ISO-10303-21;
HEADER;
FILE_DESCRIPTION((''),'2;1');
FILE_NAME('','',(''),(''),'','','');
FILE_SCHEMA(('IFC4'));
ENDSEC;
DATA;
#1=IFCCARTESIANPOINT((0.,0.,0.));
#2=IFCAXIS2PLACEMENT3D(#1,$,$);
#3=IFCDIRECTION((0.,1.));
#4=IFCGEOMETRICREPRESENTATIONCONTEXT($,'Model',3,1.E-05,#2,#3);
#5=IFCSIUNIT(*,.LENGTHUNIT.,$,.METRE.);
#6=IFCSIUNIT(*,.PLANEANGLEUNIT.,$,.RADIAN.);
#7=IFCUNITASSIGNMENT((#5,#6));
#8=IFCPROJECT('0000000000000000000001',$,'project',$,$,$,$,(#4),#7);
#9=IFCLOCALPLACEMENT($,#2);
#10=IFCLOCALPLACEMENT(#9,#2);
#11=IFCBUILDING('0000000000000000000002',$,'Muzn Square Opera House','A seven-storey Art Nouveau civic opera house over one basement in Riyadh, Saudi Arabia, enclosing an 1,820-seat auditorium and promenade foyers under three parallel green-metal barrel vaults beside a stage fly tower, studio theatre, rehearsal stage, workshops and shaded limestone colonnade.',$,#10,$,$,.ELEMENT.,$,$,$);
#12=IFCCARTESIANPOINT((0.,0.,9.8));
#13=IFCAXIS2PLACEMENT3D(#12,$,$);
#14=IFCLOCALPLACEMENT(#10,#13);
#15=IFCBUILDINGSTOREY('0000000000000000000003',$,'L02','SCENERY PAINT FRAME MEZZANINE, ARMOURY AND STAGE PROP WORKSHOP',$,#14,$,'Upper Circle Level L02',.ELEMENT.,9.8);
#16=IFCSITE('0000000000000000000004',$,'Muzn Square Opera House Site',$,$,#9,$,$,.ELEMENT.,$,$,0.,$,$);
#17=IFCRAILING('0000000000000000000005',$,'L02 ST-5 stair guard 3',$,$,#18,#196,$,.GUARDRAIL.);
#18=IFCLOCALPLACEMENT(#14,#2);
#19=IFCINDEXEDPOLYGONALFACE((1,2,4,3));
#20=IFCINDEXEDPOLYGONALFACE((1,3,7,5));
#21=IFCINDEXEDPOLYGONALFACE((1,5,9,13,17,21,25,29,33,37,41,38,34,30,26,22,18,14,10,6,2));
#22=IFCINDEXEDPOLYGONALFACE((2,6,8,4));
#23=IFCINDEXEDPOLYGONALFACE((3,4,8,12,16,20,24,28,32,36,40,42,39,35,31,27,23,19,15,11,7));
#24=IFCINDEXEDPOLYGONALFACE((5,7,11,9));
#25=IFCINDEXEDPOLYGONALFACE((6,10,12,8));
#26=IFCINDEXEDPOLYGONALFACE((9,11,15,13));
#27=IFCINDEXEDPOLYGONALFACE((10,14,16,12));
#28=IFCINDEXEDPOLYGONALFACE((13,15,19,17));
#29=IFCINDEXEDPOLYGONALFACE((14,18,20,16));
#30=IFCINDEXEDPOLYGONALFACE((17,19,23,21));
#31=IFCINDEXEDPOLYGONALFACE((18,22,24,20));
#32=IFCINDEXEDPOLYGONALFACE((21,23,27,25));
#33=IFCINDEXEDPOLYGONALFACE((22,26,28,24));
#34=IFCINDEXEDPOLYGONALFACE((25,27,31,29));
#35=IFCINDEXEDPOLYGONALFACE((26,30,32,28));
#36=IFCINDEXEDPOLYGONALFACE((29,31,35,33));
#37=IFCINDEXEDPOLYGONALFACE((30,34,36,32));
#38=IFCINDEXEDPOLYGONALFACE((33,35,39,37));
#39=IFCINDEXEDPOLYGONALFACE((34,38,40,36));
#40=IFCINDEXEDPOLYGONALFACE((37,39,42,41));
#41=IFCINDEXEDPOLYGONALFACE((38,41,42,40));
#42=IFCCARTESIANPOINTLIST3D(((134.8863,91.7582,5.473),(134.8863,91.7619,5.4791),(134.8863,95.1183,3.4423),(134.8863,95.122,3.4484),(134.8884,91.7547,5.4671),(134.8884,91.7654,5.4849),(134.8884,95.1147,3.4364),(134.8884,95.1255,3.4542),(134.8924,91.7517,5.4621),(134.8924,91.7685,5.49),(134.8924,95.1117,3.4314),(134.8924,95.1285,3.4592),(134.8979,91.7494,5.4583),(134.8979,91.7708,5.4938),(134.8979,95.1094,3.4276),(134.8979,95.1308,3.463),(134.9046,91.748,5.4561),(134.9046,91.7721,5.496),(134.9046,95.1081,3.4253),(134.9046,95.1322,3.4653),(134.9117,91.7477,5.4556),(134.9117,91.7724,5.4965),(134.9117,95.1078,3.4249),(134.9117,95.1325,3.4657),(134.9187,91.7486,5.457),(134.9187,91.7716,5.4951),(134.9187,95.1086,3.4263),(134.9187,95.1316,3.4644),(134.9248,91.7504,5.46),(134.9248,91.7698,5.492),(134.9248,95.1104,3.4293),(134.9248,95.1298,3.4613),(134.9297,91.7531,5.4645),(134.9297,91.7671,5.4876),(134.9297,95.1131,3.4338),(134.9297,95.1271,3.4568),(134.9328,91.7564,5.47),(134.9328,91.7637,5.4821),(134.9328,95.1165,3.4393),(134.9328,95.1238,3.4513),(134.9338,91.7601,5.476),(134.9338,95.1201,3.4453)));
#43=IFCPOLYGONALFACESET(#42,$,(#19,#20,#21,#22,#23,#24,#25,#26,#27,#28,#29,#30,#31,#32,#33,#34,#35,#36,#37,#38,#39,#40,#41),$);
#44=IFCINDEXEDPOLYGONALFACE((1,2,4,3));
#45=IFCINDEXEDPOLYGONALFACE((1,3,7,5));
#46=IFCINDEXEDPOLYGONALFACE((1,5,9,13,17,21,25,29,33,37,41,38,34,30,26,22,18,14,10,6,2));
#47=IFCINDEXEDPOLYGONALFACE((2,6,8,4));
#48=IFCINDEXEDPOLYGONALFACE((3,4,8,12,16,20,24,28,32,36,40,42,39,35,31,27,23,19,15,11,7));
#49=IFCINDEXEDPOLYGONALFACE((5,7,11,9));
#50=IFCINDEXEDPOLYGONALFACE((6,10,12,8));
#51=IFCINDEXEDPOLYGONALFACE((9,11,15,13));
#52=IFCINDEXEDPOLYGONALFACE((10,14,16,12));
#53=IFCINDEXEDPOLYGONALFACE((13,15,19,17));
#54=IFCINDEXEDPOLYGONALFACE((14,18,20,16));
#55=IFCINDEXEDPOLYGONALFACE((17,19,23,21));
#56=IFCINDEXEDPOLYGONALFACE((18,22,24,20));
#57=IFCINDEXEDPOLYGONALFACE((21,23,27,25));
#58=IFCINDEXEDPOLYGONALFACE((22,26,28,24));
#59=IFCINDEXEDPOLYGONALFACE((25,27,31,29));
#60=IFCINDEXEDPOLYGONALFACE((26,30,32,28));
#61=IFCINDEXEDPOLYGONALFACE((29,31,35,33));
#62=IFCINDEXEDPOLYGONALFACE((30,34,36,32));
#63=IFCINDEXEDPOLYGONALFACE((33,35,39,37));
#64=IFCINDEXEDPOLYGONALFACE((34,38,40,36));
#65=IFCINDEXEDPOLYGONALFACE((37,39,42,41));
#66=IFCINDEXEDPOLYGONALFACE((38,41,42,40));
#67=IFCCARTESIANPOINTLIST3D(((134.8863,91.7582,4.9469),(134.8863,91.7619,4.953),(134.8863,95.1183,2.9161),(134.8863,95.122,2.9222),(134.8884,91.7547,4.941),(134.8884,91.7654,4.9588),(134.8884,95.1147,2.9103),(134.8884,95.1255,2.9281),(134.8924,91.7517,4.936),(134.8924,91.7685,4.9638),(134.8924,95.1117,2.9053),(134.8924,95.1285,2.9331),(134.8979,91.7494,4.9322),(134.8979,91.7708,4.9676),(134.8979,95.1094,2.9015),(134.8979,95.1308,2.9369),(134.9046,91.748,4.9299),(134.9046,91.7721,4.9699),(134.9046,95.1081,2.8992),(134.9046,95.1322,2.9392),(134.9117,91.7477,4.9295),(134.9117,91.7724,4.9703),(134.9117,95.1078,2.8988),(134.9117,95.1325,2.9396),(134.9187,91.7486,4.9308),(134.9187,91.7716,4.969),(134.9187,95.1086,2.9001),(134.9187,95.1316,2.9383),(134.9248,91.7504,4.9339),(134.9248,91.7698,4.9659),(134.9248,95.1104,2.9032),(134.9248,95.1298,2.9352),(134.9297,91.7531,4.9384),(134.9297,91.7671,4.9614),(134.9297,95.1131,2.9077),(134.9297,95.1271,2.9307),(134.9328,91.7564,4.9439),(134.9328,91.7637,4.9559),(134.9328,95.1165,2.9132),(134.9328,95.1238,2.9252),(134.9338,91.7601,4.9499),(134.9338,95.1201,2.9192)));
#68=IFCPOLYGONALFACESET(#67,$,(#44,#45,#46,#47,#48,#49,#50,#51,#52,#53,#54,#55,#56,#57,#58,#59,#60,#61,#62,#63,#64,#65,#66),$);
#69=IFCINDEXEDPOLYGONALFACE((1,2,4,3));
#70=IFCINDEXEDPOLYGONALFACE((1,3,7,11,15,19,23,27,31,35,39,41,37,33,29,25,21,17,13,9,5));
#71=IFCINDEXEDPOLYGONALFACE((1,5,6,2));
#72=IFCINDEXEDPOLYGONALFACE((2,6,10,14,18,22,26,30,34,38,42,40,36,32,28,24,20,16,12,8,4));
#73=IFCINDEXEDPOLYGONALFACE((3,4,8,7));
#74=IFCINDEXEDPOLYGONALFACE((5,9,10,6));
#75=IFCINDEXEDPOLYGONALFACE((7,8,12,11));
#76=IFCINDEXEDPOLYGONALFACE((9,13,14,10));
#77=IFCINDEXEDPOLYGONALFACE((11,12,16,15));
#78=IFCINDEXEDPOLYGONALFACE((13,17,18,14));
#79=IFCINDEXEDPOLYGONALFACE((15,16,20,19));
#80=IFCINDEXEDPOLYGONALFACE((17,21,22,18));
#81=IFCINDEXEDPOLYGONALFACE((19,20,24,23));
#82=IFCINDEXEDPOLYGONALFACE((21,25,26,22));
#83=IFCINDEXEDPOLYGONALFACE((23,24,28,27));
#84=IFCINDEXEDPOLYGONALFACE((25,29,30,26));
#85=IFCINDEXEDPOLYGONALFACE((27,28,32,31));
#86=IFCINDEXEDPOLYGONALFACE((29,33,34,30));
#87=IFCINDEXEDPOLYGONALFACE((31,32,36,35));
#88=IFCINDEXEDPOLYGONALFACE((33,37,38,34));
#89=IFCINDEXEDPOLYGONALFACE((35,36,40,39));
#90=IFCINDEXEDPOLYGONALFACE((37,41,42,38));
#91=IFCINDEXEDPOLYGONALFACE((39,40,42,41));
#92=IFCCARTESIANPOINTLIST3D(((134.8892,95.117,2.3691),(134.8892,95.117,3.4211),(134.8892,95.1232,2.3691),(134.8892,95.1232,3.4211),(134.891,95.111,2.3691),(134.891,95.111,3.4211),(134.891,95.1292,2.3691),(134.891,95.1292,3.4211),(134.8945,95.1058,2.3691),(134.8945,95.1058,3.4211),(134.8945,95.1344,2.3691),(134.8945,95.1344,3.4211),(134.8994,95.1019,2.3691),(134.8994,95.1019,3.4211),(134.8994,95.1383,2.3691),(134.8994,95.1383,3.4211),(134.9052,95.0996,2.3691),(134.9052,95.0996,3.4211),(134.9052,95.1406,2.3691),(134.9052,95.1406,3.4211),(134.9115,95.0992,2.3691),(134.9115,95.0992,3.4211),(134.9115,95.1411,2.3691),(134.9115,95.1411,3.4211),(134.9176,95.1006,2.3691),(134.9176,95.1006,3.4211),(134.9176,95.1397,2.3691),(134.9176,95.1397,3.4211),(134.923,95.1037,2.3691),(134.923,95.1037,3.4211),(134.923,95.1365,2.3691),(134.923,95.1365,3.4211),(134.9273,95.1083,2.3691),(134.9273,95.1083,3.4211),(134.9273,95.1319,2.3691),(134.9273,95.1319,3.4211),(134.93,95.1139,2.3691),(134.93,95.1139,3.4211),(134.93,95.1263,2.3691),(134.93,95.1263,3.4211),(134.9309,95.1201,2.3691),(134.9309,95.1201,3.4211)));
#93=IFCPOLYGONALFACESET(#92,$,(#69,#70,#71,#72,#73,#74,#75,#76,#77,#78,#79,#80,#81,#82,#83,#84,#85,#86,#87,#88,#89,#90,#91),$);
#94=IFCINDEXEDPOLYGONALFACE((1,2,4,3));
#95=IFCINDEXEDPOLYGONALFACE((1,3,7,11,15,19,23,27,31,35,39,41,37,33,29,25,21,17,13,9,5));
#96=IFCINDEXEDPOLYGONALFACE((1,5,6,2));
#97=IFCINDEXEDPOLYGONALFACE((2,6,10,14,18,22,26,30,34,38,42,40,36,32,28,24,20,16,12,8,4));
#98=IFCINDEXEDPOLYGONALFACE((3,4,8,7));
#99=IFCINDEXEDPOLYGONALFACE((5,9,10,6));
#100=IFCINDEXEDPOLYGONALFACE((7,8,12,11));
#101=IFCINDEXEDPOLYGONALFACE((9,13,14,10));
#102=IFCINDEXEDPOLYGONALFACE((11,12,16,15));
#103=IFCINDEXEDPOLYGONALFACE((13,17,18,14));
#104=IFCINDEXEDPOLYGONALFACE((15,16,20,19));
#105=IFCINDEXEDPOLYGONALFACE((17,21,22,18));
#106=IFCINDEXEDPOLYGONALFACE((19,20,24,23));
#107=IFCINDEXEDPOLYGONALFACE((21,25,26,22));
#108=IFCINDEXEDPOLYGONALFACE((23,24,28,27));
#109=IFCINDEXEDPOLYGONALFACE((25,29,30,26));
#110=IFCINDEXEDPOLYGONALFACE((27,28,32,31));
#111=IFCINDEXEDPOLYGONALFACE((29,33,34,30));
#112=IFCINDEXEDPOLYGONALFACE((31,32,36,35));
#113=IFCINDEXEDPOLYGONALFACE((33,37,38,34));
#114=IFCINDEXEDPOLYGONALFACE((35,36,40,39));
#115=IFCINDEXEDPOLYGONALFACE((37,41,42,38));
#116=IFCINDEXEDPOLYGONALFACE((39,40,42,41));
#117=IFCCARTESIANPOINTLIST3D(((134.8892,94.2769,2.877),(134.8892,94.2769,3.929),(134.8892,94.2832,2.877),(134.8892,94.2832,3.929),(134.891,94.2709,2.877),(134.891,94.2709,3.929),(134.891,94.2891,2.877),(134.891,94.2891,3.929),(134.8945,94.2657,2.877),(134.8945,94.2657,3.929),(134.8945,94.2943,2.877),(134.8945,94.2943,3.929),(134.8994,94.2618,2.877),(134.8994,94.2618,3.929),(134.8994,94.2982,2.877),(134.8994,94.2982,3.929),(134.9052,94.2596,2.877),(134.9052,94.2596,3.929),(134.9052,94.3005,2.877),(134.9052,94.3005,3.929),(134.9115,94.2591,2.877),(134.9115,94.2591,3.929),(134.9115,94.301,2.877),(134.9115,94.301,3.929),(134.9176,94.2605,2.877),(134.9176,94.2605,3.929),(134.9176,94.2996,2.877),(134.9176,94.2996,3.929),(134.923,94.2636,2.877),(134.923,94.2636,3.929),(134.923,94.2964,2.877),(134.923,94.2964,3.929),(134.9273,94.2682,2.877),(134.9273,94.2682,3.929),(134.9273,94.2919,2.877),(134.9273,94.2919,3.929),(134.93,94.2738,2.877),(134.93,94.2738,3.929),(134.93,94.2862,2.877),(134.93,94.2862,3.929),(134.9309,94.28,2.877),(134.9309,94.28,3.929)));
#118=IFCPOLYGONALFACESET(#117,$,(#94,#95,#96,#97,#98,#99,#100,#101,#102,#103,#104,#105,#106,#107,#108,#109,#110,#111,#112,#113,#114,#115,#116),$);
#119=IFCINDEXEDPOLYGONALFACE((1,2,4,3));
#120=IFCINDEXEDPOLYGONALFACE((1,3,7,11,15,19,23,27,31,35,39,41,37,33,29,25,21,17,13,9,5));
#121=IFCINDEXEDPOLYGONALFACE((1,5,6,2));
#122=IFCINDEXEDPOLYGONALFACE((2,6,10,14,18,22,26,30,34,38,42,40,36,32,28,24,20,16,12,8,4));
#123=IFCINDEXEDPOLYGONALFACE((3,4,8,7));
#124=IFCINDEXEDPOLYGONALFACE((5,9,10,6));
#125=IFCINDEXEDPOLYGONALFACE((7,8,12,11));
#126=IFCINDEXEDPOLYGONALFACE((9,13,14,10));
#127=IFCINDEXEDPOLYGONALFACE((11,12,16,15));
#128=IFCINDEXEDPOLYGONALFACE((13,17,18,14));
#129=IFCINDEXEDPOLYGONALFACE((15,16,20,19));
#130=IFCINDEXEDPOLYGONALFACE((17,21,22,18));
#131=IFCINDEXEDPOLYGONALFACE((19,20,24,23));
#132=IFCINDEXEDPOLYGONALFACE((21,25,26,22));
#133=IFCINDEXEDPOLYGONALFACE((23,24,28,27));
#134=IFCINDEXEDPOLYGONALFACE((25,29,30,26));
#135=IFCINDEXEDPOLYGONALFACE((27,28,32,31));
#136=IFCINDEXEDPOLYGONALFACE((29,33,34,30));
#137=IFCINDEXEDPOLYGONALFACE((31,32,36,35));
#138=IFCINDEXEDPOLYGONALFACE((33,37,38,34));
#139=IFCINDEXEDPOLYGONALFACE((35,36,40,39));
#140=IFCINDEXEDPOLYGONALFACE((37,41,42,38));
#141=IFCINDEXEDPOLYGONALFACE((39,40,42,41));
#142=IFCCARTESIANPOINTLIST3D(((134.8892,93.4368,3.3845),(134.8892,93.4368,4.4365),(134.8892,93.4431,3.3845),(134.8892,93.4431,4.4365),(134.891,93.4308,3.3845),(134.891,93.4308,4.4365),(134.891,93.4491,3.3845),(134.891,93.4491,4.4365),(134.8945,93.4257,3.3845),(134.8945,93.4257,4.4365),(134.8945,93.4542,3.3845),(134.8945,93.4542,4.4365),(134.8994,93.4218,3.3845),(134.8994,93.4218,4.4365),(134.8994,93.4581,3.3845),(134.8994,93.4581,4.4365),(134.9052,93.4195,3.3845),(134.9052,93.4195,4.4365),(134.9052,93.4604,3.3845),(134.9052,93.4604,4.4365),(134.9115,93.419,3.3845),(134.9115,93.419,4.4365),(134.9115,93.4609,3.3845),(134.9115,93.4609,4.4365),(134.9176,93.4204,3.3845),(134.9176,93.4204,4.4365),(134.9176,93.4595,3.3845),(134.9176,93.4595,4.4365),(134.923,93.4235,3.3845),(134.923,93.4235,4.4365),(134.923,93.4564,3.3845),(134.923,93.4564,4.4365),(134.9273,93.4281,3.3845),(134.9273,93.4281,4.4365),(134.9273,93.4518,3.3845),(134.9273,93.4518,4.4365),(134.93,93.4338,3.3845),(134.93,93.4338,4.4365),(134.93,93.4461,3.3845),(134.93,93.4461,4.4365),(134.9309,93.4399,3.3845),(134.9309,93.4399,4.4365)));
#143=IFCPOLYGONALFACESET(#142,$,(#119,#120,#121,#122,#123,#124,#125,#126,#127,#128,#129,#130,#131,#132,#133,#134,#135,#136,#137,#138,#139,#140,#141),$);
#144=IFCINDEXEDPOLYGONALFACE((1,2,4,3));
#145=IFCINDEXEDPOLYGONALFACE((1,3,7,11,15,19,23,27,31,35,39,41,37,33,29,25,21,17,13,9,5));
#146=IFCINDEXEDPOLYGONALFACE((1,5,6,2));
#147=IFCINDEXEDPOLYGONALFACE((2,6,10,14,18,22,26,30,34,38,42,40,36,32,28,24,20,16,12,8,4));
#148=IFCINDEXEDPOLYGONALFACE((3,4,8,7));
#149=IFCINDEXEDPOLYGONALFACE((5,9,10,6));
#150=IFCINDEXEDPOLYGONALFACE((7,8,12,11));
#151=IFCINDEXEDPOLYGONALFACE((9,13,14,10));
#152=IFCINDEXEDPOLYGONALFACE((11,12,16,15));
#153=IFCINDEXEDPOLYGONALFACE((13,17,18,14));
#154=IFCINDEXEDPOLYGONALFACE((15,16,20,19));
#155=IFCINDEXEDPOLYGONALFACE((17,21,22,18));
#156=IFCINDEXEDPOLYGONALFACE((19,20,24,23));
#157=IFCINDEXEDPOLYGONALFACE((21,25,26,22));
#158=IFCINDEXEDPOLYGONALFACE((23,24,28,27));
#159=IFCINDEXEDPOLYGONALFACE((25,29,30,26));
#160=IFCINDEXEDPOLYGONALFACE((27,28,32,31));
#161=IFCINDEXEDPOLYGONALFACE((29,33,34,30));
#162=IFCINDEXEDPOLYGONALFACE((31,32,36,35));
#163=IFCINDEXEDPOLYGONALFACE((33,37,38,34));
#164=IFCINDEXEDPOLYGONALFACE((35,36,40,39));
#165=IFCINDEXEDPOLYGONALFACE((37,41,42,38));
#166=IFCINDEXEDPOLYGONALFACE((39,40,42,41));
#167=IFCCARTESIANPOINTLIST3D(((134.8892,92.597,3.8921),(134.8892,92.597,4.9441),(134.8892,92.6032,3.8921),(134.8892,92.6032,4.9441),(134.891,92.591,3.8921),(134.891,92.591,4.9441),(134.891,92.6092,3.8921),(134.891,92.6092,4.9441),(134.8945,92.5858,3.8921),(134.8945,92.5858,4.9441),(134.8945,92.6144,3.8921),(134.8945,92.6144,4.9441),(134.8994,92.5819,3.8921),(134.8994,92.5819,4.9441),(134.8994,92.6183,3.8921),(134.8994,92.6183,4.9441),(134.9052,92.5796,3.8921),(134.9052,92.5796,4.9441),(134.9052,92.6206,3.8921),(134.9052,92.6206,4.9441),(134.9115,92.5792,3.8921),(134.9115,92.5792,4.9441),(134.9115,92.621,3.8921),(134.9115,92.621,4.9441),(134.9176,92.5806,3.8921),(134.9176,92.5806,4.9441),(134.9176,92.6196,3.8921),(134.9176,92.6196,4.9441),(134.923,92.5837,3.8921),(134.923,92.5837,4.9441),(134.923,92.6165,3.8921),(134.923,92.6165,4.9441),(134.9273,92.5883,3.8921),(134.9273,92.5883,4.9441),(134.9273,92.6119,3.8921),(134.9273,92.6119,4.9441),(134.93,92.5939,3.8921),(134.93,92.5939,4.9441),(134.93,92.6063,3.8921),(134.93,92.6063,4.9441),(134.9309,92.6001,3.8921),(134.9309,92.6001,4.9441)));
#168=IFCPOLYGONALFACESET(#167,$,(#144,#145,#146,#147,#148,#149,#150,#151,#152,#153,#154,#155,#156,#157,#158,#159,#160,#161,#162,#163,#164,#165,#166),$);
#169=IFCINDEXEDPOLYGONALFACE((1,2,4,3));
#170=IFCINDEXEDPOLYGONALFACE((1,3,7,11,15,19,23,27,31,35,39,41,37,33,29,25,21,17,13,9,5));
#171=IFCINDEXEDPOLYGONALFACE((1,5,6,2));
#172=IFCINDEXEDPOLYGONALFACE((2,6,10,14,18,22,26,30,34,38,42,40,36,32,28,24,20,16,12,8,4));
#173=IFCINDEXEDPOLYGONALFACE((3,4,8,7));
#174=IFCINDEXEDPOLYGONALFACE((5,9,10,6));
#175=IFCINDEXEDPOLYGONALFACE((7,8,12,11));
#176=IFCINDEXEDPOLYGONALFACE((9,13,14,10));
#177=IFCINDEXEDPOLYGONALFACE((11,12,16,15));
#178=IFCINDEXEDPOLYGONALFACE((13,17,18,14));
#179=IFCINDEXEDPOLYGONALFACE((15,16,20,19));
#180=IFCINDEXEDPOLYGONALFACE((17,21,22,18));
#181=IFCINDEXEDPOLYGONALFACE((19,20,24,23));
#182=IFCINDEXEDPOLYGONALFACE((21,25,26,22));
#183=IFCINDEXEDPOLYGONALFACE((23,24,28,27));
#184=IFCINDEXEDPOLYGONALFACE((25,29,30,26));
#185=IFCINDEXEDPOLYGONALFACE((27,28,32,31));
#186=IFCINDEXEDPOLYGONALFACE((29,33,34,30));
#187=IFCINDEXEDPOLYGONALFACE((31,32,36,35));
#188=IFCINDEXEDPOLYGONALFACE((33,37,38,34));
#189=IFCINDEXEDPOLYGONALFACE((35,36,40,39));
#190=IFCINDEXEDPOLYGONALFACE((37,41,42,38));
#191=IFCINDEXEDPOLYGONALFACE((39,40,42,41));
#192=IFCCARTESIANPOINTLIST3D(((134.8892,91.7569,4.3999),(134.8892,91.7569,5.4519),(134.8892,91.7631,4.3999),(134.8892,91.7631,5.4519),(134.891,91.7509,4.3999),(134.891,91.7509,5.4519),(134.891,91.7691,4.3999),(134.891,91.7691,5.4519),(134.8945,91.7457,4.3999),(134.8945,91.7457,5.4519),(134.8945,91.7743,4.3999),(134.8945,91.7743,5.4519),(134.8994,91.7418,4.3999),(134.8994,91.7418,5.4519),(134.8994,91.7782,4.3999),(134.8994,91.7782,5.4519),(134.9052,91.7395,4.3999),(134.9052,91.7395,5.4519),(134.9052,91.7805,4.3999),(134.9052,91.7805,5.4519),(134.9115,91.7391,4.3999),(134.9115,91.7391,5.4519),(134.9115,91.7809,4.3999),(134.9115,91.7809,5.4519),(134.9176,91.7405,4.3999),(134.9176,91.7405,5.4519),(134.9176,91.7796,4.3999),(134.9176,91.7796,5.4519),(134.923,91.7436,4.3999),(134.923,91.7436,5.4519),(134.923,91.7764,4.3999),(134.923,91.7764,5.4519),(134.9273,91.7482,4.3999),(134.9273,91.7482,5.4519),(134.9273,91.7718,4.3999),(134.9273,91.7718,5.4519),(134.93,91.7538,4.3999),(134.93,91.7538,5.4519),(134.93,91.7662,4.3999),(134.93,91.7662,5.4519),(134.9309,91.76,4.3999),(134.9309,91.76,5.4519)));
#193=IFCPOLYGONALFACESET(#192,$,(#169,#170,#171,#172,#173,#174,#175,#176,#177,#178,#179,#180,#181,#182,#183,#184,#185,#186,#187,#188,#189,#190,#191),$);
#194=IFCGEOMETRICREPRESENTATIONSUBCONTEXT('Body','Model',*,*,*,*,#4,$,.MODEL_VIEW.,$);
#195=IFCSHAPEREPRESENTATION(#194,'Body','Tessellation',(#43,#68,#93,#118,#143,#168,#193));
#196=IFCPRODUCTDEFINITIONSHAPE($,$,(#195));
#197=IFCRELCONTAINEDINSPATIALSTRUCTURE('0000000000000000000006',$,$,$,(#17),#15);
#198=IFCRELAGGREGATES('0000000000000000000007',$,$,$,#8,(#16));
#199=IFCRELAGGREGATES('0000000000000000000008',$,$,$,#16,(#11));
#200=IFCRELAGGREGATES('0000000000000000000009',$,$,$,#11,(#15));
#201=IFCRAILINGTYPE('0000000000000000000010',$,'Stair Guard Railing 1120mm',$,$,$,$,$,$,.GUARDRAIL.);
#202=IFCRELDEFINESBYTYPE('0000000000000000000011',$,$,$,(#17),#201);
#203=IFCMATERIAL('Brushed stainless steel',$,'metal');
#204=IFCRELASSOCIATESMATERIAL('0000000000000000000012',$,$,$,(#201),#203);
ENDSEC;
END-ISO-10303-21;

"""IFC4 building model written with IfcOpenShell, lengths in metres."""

from ifc_helpers import new_model, si_unit, direction, frame, origin, origin_2d, place, context, subcontext, project, spatial, circle, extrude, material, type_object, element, save


model = new_model("IFC4")

# Units and contexts
model_context = context("Model", 3, precision=1e-05, world=origin(), true_north=direction((0.0, 1.0)))
body_context = subcontext(model_context, "Body", "Model", "MODEL_VIEW")
ifc_project = project(units=[si_unit("LENGTHUNIT", "METRE"), si_unit("PLANEANGLEUNIT", "RADIAN")], contexts=[model_context])

# Site, building, storey
site_placement = place(None, origin())
site = spatial("IfcSite", under=ifc_project, at=site_placement, Name="Muzn Square Opera House Site", CompositionType="ELEMENT", RefElevation=0.0)
building_placement = place(site_placement, origin())
building = spatial("IfcBuilding", under=site, at=building_placement, Name="Muzn Square Opera House", Description="A seven-storey Art Nouveau civic opera house over one basement in Riyadh, Saudi Arabia, enclosing an 1,820-seat auditorium and promenade foyers under three parallel green-metal barrel vaults beside a stage fly tower, studio theatre, rehearsal stage, workshops and shaded limestone colonnade.", CompositionType="ELEMENT")
storey_placement = place(building_placement, frame((0.0, 0.0, 9.8)))
storey = spatial("IfcBuildingStorey", under=building, at=storey_placement, Name="L02", Description="SCENERY PAINT FRAME MEZZANINE, ARMOURY AND STAGE PROP WORKSHOP", LongName="Upper Circle Level L02", CompositionType="ELEMENT", Elevation=9.8)

# Railing
ifc_material_1 = material(Name="Brushed stainless steel", Category="metal")
railing_type_1 = type_object("IfcRailingType", Name="Stair Guard Railing 1120mm", PredefinedType="GUARDRAIL", material=ifc_material_1)
railing_1_placement = place(storey_placement, frame((134.9099, 95.1201, 2.3691)))
element("IfcRailing", 1, at=railing_1_placement, inside=storey, type_object=railing_type_1, Name="L02 ST-5 stair guard 3", PredefinedType="GUARDRAIL", context=body_context, shape_type="SweptSolid", body=[
    extrude(circle(Radius=0.0239, at=origin_2d()), frame((0.0, 0.0, 1.0762), z_axis=(0.0, -0.855837, 0.517246), x_axis=(1.0, 0.0, 0.0)), (0.0, 0.0, 1.0), 3.926),
    extrude(circle(Radius=0.0239, at=origin_2d()), frame((0.0, 0.0, 0.55), z_axis=(0.0, -0.855837, 0.517246), x_axis=(1.0, 0.0, 0.0)), (0.0, 0.0, 1.0), 3.926),
    extrude(circle(Radius=0.021, at=origin_2d()), origin(), (0.0, 0.0, 1.0), 1.052),
    extrude(circle(Radius=0.021, at=origin_2d()), frame((0.0, -0.8401, 0.5078)), (0.0, 0.0, 1.0), 1.052),
    extrude(circle(Radius=0.021, at=origin_2d()), frame((0.0, -1.6802, 1.0154)), (0.0, 0.0, 1.0), 1.052),
    extrude(circle(Radius=0.021, at=origin_2d()), frame((0.0, -2.52, 1.5229)), (0.0, 0.0, 1.0), 1.052),
    extrude(circle(Radius=0.021, at=origin_2d()), frame((0.0, -3.3601, 2.0308)), (0.0, 0.0, 1.0), 1.052),
])

save(model, "model.ifc")
